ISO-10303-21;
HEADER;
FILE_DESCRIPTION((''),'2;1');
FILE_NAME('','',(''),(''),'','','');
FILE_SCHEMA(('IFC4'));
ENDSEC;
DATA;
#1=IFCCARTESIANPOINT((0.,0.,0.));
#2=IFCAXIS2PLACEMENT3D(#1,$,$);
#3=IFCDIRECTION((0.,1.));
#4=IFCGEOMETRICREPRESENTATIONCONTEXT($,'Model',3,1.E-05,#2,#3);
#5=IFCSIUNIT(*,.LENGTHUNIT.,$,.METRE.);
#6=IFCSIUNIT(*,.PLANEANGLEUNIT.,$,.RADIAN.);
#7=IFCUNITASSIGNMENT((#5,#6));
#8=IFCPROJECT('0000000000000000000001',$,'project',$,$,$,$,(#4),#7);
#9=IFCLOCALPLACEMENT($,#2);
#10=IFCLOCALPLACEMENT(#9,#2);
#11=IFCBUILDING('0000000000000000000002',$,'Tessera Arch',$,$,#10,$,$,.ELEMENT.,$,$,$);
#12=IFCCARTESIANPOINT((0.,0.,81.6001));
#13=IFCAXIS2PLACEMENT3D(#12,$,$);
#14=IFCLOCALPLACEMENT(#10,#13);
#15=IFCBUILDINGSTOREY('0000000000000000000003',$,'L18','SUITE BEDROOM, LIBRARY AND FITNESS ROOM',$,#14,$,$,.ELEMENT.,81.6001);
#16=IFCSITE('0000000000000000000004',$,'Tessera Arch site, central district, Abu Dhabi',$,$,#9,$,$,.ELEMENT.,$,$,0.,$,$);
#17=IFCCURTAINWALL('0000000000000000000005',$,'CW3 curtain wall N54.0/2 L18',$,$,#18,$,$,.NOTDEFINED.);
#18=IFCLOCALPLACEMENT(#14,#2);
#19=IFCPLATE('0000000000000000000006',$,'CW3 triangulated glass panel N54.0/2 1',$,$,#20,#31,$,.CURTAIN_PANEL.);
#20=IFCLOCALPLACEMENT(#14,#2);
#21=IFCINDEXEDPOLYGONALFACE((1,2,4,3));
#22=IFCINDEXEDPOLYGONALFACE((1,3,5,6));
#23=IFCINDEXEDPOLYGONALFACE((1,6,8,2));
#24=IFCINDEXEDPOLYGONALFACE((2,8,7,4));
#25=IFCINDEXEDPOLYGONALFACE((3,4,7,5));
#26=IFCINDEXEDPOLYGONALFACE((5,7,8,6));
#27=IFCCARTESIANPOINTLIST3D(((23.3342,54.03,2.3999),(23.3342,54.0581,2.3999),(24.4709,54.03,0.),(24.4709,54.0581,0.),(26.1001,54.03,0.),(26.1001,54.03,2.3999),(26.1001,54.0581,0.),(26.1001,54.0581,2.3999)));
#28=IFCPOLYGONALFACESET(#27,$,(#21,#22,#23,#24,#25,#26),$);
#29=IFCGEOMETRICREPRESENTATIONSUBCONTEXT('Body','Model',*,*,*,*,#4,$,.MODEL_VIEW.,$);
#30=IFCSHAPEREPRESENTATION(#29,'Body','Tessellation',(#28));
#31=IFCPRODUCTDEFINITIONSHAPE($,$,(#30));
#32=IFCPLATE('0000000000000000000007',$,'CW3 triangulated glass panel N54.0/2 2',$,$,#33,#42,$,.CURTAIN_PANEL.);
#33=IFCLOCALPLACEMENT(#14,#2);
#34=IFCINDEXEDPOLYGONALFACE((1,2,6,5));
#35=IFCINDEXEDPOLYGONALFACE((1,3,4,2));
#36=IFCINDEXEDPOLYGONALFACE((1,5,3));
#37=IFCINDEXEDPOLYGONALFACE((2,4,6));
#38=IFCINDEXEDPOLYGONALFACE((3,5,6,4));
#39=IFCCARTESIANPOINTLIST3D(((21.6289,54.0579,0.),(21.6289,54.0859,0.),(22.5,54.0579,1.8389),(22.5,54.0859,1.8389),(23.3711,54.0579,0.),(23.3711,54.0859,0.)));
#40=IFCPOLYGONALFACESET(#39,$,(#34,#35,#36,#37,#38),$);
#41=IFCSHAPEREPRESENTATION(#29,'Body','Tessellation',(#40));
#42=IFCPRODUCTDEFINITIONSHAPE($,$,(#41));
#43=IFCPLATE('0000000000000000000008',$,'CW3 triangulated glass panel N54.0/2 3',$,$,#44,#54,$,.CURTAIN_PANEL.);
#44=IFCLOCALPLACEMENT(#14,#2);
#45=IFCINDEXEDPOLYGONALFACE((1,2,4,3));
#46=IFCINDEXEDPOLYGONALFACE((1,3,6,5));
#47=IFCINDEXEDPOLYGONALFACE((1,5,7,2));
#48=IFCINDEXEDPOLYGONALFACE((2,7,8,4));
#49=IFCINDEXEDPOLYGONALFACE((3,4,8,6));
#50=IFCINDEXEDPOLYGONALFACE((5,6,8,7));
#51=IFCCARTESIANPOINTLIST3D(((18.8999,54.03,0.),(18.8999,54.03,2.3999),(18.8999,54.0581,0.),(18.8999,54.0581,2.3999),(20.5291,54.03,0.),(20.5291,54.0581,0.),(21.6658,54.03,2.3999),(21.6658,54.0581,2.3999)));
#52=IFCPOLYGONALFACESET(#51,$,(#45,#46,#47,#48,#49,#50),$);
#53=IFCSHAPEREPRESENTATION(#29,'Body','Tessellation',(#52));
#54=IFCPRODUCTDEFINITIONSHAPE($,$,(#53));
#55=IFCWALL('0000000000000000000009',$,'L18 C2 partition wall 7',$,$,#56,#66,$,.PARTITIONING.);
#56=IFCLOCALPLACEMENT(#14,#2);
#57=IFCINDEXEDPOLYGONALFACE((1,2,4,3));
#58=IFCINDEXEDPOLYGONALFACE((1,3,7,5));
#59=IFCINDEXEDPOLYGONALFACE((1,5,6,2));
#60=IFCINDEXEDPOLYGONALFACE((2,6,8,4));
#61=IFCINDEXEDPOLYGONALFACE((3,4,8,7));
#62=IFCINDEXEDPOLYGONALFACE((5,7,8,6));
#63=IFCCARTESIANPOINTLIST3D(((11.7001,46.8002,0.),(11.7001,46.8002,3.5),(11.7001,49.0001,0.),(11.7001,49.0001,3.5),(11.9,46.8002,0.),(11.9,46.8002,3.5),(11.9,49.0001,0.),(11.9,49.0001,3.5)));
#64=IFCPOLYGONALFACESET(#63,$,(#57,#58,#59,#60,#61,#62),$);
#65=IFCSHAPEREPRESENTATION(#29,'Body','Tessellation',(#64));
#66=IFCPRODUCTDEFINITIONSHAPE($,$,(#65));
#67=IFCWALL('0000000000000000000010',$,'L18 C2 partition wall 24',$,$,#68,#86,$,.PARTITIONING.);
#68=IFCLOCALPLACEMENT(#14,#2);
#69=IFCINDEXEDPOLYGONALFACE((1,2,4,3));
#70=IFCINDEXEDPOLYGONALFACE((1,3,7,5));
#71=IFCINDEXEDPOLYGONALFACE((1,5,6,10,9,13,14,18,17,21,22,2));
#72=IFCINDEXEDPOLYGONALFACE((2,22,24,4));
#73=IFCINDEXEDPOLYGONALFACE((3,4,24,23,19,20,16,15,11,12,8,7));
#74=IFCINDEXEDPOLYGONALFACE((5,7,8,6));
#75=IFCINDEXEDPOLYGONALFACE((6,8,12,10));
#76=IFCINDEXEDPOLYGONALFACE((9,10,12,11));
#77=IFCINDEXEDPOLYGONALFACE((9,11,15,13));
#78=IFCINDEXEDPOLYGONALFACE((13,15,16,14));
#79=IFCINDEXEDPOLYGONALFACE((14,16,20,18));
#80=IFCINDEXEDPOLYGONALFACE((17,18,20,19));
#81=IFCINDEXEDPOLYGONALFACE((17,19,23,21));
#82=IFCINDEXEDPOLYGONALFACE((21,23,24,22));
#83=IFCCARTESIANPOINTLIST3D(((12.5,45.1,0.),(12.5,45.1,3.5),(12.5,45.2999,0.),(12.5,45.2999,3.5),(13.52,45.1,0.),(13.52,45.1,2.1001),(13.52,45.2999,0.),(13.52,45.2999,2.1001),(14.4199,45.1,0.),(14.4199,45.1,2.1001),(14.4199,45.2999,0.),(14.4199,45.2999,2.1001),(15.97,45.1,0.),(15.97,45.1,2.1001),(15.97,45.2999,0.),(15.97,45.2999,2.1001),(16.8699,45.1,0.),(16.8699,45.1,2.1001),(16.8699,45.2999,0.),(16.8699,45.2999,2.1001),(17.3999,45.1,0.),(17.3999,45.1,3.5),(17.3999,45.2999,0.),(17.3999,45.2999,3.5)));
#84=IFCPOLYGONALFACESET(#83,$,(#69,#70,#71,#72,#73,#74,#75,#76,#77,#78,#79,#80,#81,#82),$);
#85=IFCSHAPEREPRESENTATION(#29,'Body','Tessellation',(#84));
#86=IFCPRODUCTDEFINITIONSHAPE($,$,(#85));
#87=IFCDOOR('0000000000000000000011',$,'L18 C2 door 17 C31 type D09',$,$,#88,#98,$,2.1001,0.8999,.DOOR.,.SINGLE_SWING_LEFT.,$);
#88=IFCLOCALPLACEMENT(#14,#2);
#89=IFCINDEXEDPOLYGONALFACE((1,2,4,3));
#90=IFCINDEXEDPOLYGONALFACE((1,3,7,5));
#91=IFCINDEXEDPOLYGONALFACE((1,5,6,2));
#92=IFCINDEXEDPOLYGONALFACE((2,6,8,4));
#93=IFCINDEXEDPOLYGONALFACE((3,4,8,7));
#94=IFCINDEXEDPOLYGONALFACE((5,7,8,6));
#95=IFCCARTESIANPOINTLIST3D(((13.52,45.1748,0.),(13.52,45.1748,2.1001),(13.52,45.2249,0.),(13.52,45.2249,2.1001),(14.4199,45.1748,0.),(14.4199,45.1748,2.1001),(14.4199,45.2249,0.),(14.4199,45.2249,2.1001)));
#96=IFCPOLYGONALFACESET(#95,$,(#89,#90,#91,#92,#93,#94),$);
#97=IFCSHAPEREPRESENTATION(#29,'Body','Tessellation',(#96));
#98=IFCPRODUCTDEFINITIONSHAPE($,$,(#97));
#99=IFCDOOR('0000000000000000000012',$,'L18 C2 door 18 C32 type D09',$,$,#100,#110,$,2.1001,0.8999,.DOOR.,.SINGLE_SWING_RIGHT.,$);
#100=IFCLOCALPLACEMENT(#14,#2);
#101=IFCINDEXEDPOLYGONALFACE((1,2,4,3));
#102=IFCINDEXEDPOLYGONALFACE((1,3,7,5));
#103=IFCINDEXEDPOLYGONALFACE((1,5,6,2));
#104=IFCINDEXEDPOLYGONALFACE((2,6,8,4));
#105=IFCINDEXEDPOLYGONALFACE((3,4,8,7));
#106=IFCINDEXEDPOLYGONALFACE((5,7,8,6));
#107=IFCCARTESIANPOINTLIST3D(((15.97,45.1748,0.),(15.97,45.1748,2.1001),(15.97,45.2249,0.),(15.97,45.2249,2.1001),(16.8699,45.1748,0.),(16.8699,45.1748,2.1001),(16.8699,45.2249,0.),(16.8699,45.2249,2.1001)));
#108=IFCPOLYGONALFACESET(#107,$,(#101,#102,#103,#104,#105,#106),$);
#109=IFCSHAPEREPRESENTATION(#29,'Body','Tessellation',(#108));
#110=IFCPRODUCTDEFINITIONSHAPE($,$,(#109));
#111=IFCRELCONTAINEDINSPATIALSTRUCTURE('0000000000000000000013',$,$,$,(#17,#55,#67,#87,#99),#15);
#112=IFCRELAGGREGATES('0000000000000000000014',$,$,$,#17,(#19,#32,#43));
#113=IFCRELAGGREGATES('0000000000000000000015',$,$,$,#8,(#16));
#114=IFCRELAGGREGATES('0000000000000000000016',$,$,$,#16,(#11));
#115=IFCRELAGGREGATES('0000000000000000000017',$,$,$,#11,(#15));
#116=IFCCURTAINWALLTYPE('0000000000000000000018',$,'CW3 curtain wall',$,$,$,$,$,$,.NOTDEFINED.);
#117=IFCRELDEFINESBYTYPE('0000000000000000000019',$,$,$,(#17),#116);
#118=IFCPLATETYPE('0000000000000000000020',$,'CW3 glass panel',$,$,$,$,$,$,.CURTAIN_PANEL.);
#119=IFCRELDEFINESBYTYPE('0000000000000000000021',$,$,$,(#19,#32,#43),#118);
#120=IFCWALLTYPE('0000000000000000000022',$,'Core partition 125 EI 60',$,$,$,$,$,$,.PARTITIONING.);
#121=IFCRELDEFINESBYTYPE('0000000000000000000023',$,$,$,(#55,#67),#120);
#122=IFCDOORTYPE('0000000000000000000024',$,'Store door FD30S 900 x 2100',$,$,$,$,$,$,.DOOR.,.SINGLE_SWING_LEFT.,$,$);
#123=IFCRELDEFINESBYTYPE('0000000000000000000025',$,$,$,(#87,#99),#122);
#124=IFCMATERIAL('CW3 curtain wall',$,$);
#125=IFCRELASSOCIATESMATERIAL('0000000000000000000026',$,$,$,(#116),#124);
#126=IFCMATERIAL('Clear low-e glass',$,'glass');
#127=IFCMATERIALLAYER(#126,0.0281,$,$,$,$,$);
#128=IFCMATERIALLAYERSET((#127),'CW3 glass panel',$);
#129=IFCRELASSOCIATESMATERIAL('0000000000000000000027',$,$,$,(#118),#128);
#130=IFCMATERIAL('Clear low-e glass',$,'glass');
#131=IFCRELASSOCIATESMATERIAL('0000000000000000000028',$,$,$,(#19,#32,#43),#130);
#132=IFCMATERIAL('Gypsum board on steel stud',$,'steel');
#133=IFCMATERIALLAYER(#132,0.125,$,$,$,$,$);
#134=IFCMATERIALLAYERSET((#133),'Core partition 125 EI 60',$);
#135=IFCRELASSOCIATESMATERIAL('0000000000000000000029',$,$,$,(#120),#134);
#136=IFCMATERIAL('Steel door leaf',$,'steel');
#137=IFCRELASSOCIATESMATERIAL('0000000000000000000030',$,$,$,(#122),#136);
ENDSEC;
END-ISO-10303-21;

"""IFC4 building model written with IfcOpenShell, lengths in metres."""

from ifc_helpers import new_model, si_unit, direction, frame, frame_2d, origin, place, context, subcontext, project, spatial, polyline, rectangle, outline, extrude, material, layer, layer_set, type_object, element, fill, aggregate, save


model = new_model("IFC4")

# Units and contexts
model_context = context("Model", 3, precision=1e-05, world=origin(), true_north=direction((0.0, 1.0)))
body_context = subcontext(model_context, "Body", "Model", "MODEL_VIEW")
ifc_project = project(units=[si_unit("LENGTHUNIT", "METRE"), si_unit("PLANEANGLEUNIT", "RADIAN")], contexts=[model_context])

# Site, building, storey
site_placement = place(None, origin())
site = spatial("IfcSite", under=ifc_project, at=site_placement, Name="Tessera Arch site, central district, Abu Dhabi", CompositionType="ELEMENT", RefElevation=0.0)
building_placement = place(site_placement, origin())
building = spatial("IfcBuilding", under=site, at=building_placement, Name="Tessera Arch", CompositionType="ELEMENT")
storey_placement = place(building_placement, frame((0.0, 0.0, 81.6001)))
storey = spatial("IfcBuildingStorey", under=building, at=storey_placement, Name="L18", Description="SUITE BEDROOM, LIBRARY AND FITNESS ROOM", CompositionType="ELEMENT", Elevation=81.6001)

# Curtain wall
ifc_material_1 = material(Name="CW3 curtain wall")
curtain_wall_type_1 = type_object("IfcCurtainWallType", Name="CW3 curtain wall", PredefinedType="NOTDEFINED", material=ifc_material_1)
curtain_wall_1_placement = place(storey_placement, origin())
curtain_wall_1 = element("IfcCurtainWall", 1, at=curtain_wall_1_placement, inside=storey, type_object=curtain_wall_type_1, Name="CW3 curtain wall N54.0/2 L18", PredefinedType="NOTDEFINED")

# Plates
ifc_material_2 = material(Name="Clear low-e glass", Category="glass")
ifc_material_3 = material(Name="Clear low-e glass", Category="glass")
ifc_layer_1 = layer(ifc_material_3, 0.0281)
ifc_layer_set_1 = layer_set([ifc_layer_1], Name="CW3 glass panel")
plate_type_1 = type_object("IfcPlateType", Name="CW3 glass panel", PredefinedType="CURTAIN_PANEL", material=ifc_layer_set_1)
plate_1_placement = place(storey_placement, frame((26.1001, 54.0581, 0.0), z_axis=(0.0, 1.0, 0.0), x_axis=(-1.0, 0.0, 0.0)))
plate_1 = element("IfcPlate", 2, at=plate_1_placement, type_object=plate_type_1, material=ifc_material_2, Name="CW3 triangulated glass panel N54.0/2 1", PredefinedType="CURTAIN_PANEL", context=body_context, shape_type="SweptSolid", body=[
    extrude(outline(polyline([(0.0, 0.0), (1.6292, 0.0), (2.7659, 2.3999), (0.0, 2.3999), (0.0, 0.0)])), origin(), (0.0, 0.0, -1.0), 0.0281),
])
plate_2_placement = place(storey_placement, frame((23.3711, 54.0859, 0.0), z_axis=(0.0, 1.0, 0.0), x_axis=(-1.0, 0.0, 0.0)))
plate_2 = element("IfcPlate", 3, at=plate_2_placement, type_object=plate_type_1, material=ifc_material_2, Name="CW3 triangulated glass panel N54.0/2 2", PredefinedType="CURTAIN_PANEL", context=body_context, shape_type="SweptSolid", body=[
    extrude(outline(polyline([(0.0, 0.0), (1.7422, 0.0), (0.8711, 1.8389), (0.0, 0.0)])), origin(), (0.0, 0.0, -1.0), 0.0281),
])
plate_3_placement = place(storey_placement, frame((18.8999, 54.0581, 2.3999), z_axis=(0.0, 1.0, 0.0), x_axis=(1.0, 0.0, 0.0)))
plate_3 = element("IfcPlate", 4, at=plate_3_placement, type_object=plate_type_1, material=ifc_material_2, Name="CW3 triangulated glass panel N54.0/2 3", PredefinedType="CURTAIN_PANEL", context=body_context, shape_type="SweptSolid", body=[
    extrude(outline(polyline([(0.0, 0.0), (2.7659, 0.0), (1.6292, 2.3999), (0.0, 2.3999), (0.0, 0.0)])), origin(), (0.0, 0.0, -1.0), 0.0281),
])

# Wall
ifc_material_4 = material(Name="Gypsum board on steel stud", Category="steel")
ifc_layer_2 = layer(ifc_material_4, 0.125)
ifc_layer_set_2 = layer_set([ifc_layer_2], Name="Core partition 125 EI 60")
wall_type_1 = type_object("IfcWallType", Name="Core partition 125 EI 60", PredefinedType="PARTITIONING", material=ifc_layer_set_2)
wall_1_placement = place(storey_placement, frame((11.8, 46.8, 0.0), z_axis=(0.0, 0.0, 1.0), x_axis=(0.0, 1.0, 0.0)))
element("IfcWall", 5, at=wall_1_placement, inside=storey, type_object=wall_type_1, Name="L18 C2 partition wall 7", PredefinedType="PARTITIONING", context=body_context, shape_type="SweptSolid", body=[
    extrude(rectangle(XDim=2.2, YDim=0.2, at=frame_2d((1.1001, 0.0))), origin(), (0.0, 0.0, 1.0), 3.5),
])

# Wall, openings, doors
wall_2_placement = place(storey_placement, frame((12.5, 45.2, 0.0), z_axis=(0.0, 0.0, 1.0), x_axis=(1.0, 0.0, 0.0)))
wall_2 = element("IfcWall", 6, at=wall_2_placement, inside=storey, type_object=wall_type_1, Name="L18 C2 partition wall 24", PredefinedType="PARTITIONING", context=body_context, shape_type="SweptSolid", body=[
    extrude(rectangle(XDim=4.8999, YDim=0.2, at=frame_2d((2.45, 0.0))), origin(), (0.0, 0.0, 1.0), 3.5),
])
opening_1_placement = place(wall_2_placement, frame((1.02, 0.0, 0.0)))
opening_1 = element("IfcOpeningElement", 7, at=opening_1_placement, cuts=wall_2, PredefinedType="OPENING", context=body_context, shape_type="SweptSolid", body=[
    extrude(rectangle(XDim=0.8999, YDim=2.1001, at=frame_2d((0.45, 1.05))), frame((0.0, 0.1099, 0.0), z_axis=(0.0, -1.0, 0.0), x_axis=(1.0, 0.0, 0.0)), (0.0, 0.0, 1.0), 0.22),
])
opening_2_placement = place(wall_2_placement, frame((3.47, 0.0, 0.0)))
opening_2 = element("IfcOpeningElement", 8, at=opening_2_placement, cuts=wall_2, PredefinedType="OPENING", context=body_context, shape_type="SweptSolid", body=[
    extrude(rectangle(XDim=0.8999, YDim=2.1001, at=frame_2d((0.45, 1.05))), frame((0.0, 0.1099, 0.0), z_axis=(0.0, -1.0, 0.0), x_axis=(1.0, 0.0, 0.0)), (0.0, 0.0, 1.0), 0.22),
])
ifc_material_5 = material(Name="Steel door leaf", Category="steel")
door_type_1 = type_object("IfcDoorType", Name="Store door FD30S 900 x 2100", OperationType="SINGLE_SWING_LEFT", PredefinedType="DOOR", material=ifc_material_5)
door_1_placement = place(opening_1_placement, origin())
door_1 = element("IfcDoor", 9, at=door_1_placement, inside=storey, type_object=door_type_1, Name="L18 C2 door 17 C31 type D09", OperationType="SINGLE_SWING_LEFT", OverallHeight=2.1001, OverallWidth=0.8999, PredefinedType="DOOR", context=body_context, shape_type="SweptSolid", body=[
    extrude(rectangle(XDim=0.8999, YDim=2.1001, at=frame_2d((0.45, 1.05))), frame((0.0, 0.0249, 0.0), z_axis=(0.0, -1.0, 0.0), x_axis=(1.0, 0.0, 0.0)), (0.0, 0.0, 1.0), 0.05),
])
fill(opening_1, door_1)
door_2_placement = place(opening_2_placement, origin())
door_2 = element("IfcDoor", 10, at=door_2_placement, inside=storey, type_object=door_type_1, Name="L18 C2 door 18 C32 type D09", OperationType="SINGLE_SWING_RIGHT", OverallHeight=2.1001, OverallWidth=0.8999, PredefinedType="DOOR", context=body_context, shape_type="SweptSolid", body=[
    extrude(rectangle(XDim=0.8999, YDim=2.1001, at=frame_2d((0.45, 1.05))), frame((0.0, 0.0249, 0.0), z_axis=(0.0, -1.0, 0.0), x_axis=(1.0, 0.0, 0.0)), (0.0, 0.0, 1.0), 0.05),
])
fill(opening_2, door_2)

aggregate(curtain_wall_1, [plate_1, plate_2, plate_3])

save(model, "model.ifc")
